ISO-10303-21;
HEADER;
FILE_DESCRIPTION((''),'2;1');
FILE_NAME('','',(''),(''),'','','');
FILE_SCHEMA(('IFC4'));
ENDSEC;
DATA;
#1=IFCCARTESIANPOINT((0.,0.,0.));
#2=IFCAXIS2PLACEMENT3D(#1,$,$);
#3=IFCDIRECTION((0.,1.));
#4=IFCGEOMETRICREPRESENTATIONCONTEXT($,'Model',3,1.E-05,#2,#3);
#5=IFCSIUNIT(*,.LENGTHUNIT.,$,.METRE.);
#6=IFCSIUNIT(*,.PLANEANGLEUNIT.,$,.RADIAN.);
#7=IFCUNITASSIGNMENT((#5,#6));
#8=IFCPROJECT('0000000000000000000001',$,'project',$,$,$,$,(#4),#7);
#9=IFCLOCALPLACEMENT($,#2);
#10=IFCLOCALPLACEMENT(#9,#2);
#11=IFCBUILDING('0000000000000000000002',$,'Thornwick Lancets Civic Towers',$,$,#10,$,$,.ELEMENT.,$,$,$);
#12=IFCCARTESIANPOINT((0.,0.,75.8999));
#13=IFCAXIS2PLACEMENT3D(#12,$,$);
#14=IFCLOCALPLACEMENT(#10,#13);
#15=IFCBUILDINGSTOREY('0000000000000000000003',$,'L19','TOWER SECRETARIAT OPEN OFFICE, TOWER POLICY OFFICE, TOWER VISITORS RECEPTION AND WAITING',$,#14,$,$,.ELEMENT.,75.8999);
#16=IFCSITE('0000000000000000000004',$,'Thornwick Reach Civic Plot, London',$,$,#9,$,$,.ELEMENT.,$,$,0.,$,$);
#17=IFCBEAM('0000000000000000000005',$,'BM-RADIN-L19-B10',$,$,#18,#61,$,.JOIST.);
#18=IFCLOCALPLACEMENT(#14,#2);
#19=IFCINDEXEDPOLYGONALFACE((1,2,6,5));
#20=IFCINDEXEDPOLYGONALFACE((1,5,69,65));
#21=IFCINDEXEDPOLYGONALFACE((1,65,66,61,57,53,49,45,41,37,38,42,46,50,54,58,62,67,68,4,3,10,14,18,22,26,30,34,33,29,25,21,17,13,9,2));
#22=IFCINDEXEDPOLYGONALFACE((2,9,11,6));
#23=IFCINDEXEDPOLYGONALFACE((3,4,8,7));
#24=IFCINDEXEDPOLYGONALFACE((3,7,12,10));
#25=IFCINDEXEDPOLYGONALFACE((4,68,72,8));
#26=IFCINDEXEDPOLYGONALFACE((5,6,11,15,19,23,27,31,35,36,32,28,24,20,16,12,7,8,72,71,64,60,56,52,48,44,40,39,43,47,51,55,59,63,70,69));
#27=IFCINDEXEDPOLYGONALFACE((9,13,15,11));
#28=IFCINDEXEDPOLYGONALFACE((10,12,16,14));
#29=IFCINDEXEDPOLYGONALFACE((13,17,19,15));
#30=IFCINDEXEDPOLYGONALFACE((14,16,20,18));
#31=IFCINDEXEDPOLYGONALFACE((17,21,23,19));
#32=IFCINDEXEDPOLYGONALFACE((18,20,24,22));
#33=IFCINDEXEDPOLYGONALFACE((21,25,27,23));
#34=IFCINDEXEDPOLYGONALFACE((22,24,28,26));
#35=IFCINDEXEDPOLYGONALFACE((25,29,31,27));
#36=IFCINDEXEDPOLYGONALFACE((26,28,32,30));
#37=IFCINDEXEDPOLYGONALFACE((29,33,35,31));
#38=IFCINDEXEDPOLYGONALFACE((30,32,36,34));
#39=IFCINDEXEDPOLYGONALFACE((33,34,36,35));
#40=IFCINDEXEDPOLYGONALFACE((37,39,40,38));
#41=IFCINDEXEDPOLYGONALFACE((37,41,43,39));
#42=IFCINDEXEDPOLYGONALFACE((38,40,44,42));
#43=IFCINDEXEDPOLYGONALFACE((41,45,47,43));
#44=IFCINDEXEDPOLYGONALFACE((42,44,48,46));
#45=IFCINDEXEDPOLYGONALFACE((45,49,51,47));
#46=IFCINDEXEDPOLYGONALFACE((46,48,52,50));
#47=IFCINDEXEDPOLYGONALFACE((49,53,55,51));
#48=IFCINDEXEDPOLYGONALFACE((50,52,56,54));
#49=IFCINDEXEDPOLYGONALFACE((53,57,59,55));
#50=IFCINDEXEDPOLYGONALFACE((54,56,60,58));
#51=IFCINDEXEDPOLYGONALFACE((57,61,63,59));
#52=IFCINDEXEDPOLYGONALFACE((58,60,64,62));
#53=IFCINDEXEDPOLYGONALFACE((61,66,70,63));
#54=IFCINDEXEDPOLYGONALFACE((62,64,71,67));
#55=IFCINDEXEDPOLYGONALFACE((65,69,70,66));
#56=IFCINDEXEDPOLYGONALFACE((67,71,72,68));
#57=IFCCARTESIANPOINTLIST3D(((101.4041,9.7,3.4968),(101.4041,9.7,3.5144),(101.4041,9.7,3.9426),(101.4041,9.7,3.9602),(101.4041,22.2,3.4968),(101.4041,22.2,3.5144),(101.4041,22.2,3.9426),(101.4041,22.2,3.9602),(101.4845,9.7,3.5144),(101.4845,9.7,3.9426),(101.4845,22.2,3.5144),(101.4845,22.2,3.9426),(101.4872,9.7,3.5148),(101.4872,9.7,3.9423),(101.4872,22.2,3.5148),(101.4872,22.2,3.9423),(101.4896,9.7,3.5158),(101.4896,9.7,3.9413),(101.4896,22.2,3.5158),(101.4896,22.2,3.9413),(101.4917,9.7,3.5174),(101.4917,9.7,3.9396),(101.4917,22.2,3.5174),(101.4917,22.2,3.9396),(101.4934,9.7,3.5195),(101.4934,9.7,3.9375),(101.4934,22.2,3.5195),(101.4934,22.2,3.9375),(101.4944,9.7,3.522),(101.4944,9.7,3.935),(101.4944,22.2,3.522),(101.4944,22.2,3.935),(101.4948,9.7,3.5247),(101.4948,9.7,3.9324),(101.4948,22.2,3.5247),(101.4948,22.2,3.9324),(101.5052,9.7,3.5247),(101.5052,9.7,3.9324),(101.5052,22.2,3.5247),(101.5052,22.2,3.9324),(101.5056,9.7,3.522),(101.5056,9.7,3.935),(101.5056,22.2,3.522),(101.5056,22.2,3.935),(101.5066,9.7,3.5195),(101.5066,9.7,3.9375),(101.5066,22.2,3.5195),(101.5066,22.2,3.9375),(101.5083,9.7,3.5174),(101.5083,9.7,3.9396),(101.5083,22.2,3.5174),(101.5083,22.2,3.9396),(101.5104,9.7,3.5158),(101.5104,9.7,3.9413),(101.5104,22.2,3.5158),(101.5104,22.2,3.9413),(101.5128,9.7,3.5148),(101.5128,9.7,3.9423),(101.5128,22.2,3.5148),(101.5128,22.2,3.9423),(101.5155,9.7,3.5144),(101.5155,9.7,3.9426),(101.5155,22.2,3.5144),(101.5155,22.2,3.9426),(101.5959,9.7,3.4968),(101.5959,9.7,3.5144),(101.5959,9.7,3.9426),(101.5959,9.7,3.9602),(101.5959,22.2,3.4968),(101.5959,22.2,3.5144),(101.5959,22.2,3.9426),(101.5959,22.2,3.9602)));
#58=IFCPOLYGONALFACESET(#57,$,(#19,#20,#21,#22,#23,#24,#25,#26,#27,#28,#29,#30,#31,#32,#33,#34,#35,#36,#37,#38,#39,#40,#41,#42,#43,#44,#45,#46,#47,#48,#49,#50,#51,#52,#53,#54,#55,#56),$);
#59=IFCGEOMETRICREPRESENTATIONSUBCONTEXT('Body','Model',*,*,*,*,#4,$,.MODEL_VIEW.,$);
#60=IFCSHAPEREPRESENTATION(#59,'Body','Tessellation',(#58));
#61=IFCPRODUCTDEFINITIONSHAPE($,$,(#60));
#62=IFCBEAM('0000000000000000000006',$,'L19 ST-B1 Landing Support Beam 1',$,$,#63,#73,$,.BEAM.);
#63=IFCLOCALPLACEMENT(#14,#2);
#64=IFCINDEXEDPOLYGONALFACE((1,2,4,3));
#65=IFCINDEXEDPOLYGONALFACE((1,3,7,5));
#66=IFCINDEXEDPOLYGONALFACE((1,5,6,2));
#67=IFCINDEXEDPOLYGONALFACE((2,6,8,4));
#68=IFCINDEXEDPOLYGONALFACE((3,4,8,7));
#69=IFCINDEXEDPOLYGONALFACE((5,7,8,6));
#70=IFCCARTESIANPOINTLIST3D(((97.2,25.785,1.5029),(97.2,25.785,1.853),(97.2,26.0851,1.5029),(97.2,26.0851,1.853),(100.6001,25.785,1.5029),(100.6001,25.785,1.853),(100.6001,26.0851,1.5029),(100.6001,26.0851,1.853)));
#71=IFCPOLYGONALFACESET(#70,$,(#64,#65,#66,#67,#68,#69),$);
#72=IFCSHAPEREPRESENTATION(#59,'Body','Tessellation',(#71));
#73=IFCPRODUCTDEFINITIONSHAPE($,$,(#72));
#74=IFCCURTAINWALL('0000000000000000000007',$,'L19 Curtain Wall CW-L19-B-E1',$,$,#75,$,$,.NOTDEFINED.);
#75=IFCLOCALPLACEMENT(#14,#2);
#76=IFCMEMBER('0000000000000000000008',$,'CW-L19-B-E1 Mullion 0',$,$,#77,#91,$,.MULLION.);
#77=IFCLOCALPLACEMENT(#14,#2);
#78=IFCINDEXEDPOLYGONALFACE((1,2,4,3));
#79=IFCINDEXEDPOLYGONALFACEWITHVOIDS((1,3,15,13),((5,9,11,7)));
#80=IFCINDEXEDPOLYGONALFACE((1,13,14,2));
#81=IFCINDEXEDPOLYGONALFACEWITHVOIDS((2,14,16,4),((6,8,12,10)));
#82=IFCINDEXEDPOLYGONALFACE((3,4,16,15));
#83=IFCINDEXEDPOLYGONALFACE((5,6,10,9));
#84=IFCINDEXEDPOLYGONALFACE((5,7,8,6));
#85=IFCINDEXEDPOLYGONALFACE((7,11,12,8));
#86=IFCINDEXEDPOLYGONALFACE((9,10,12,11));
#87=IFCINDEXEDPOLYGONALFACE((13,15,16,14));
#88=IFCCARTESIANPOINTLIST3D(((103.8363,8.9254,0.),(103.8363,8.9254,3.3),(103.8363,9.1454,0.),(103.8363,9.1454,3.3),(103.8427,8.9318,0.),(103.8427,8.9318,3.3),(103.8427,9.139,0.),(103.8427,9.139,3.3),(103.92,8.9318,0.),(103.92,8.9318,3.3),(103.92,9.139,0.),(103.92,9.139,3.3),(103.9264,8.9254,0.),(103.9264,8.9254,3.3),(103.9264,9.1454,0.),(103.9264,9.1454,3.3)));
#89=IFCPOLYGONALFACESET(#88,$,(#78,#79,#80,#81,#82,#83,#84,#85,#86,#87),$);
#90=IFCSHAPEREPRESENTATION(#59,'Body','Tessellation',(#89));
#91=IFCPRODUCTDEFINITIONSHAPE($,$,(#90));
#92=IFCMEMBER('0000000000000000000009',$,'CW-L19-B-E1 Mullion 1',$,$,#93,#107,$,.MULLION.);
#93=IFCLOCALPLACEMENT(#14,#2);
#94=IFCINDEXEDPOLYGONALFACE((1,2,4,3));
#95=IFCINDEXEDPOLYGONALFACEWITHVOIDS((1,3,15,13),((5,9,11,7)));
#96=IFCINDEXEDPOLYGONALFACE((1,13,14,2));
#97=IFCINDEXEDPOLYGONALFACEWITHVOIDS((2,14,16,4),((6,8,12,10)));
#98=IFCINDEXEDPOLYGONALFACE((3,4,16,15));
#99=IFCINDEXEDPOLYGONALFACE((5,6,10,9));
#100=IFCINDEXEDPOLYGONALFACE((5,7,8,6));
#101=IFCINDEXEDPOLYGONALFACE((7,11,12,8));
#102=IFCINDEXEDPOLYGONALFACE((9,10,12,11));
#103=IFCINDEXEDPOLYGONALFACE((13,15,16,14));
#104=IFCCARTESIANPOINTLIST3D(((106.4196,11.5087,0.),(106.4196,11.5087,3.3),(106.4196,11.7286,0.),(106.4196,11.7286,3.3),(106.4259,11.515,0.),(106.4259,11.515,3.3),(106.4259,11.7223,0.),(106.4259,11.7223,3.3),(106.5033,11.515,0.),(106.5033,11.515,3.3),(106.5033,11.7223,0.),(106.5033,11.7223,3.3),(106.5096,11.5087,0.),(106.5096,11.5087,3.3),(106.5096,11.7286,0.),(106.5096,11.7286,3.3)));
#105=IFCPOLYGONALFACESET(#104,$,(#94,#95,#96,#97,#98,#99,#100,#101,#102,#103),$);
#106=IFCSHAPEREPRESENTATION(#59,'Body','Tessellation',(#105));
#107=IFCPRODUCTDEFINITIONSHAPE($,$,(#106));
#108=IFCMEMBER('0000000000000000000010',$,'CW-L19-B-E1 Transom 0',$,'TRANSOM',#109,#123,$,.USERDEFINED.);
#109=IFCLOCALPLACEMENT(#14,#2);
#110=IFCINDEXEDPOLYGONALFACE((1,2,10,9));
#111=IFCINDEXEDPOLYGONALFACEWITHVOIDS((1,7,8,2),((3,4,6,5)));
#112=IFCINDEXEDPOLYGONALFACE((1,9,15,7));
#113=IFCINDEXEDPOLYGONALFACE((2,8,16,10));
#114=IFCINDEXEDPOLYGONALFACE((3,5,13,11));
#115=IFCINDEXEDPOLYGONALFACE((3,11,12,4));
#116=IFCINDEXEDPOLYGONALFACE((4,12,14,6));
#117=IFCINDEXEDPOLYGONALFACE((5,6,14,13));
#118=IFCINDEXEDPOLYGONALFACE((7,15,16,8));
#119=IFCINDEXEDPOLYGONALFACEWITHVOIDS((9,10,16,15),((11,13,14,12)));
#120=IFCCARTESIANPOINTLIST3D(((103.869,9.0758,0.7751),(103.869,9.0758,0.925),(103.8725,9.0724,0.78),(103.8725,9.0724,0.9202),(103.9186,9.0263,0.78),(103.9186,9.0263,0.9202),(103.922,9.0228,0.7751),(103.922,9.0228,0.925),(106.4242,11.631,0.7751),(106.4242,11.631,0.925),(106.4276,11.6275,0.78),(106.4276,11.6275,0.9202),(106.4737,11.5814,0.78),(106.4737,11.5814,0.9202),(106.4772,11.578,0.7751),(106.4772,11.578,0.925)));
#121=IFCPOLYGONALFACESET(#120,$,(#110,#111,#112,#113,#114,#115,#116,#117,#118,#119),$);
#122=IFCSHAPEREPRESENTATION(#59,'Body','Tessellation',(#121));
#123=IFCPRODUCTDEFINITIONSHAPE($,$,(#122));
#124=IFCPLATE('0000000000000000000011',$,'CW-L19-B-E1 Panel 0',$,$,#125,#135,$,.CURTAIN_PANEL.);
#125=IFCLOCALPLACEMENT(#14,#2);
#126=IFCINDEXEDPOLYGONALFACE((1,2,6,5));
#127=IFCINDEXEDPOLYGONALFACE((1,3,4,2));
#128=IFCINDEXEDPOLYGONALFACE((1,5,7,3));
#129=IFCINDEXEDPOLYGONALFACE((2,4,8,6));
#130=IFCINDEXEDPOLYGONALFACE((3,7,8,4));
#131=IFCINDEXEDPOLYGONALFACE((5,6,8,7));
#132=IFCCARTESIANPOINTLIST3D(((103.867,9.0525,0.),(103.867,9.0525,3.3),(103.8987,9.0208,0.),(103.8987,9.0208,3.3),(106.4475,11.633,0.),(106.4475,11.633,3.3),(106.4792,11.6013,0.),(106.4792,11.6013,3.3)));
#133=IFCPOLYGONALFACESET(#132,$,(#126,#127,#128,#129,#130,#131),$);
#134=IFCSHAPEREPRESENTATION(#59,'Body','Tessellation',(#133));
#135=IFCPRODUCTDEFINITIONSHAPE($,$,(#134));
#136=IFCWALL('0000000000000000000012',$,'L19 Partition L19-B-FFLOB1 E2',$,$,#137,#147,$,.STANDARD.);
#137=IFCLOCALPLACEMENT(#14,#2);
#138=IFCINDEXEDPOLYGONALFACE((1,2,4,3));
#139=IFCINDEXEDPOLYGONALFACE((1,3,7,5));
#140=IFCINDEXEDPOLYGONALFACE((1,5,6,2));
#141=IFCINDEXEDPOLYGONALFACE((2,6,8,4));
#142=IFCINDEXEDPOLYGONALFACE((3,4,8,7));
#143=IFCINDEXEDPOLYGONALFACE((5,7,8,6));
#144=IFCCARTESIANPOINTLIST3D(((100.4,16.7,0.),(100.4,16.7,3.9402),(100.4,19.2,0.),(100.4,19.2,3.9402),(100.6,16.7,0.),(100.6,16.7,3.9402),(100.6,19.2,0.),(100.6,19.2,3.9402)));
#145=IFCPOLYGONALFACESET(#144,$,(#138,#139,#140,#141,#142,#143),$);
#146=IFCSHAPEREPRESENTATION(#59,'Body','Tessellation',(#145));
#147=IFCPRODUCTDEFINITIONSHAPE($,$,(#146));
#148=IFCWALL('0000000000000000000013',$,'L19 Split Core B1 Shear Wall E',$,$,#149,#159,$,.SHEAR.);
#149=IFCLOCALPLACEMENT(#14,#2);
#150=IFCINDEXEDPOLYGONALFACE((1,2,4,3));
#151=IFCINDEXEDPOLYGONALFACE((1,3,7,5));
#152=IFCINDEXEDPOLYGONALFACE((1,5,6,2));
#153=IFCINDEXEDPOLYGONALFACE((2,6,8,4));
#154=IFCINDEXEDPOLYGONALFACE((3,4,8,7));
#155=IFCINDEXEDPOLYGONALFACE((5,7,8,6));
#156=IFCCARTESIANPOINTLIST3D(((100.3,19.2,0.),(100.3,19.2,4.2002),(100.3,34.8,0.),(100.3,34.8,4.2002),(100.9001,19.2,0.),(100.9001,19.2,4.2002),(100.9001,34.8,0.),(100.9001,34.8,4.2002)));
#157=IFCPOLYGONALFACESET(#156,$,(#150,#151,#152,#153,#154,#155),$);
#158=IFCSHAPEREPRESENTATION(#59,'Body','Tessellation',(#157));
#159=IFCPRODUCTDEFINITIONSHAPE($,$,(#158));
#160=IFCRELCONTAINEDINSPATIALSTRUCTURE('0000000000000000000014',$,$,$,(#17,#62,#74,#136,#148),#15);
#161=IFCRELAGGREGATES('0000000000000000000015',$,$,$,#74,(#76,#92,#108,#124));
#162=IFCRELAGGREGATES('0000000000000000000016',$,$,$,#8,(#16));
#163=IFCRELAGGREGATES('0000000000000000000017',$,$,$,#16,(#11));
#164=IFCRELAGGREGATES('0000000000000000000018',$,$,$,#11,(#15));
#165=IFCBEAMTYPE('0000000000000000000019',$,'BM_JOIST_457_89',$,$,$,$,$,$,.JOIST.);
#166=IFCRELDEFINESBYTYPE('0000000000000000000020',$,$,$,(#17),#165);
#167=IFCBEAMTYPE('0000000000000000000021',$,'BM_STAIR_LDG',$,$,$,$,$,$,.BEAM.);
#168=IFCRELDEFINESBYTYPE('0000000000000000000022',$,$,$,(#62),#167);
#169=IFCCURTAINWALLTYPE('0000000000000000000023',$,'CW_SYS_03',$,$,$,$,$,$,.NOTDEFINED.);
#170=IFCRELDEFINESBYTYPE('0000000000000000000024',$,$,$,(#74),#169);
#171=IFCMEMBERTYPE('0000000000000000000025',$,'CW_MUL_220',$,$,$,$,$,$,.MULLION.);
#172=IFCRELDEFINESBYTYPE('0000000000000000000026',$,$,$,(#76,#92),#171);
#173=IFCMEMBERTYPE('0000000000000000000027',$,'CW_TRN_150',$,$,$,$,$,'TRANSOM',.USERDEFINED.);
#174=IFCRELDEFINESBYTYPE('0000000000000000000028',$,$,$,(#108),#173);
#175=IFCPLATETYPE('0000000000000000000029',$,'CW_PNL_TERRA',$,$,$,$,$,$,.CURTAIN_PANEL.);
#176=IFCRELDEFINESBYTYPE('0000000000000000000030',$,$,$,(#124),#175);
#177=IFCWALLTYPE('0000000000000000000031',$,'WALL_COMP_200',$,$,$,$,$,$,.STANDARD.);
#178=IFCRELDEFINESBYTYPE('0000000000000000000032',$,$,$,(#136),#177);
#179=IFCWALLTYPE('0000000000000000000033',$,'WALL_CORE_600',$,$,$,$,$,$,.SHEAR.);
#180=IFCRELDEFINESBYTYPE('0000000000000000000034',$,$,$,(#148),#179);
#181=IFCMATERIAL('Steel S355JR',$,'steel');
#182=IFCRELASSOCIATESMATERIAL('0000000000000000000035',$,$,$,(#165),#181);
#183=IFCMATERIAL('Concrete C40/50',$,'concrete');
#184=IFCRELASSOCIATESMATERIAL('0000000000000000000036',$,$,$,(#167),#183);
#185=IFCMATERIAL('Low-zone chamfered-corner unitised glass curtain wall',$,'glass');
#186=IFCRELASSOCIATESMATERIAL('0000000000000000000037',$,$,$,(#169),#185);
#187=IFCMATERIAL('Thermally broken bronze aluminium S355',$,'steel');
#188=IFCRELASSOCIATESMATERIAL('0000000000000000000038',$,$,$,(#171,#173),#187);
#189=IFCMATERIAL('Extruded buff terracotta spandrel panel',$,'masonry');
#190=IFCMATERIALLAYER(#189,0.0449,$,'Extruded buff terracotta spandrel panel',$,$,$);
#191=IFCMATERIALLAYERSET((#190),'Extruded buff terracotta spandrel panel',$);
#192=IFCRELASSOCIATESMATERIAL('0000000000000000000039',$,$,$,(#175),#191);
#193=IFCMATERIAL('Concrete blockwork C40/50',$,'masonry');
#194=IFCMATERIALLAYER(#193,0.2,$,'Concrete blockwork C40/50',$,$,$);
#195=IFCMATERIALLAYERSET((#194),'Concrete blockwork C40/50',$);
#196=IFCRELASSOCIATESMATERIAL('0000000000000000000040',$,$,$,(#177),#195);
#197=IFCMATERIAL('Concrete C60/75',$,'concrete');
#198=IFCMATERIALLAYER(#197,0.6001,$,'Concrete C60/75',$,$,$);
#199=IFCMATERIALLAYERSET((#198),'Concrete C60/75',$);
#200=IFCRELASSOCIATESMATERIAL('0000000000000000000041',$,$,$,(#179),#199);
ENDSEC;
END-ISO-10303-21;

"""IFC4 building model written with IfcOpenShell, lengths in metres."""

from ifc_helpers import new_model, si_unit, direction, frame, frame_2d, origin, origin_2d, place, context, subcontext, project, spatial, rectangle, hollow_rectangle, i_section, extrude, material, layer, layer_set, material_profile, profile_set, type_object, element, aggregate, save


model = new_model("IFC4")

# Units and contexts
model_context = context("Model", 3, precision=1e-05, world=origin(), true_north=direction((0.0, 1.0)))
body_context = subcontext(model_context, "Body", "Model", "MODEL_VIEW")
ifc_project = project(units=[si_unit("LENGTHUNIT", "METRE"), si_unit("PLANEANGLEUNIT", "RADIAN")], contexts=[model_context])

# Site, building, storey
site_placement = place(None, origin())
site = spatial("IfcSite", under=ifc_project, at=site_placement, Name="Thornwick Reach Civic Plot, London", CompositionType="ELEMENT", RefElevation=0.0)
building_placement = place(site_placement, origin())
building = spatial("IfcBuilding", under=site, at=building_placement, Name="Thornwick Lancets Civic Towers", CompositionType="ELEMENT")
storey_placement = place(building_placement, frame((0.0, 0.0, 75.8999)))
storey = spatial("IfcBuildingStorey", under=building, at=storey_placement, Name="L19", Description="TOWER SECRETARIAT OPEN OFFICE, TOWER POLICY OFFICE, TOWER VISITORS RECEPTION AND WAITING", CompositionType="ELEMENT", Elevation=75.8999)

# Shared definitions
ifc_material_1 = material(Name="Concrete C60/75", Category="concrete")

# Beams
ifc_material_2 = material(Name="Steel S355JR", Category="steel")
ifc_material_profile_1 = material_profile(ifc_material_2, i_section(OverallWidth=0.1919, OverallDepth=0.4634, WebThickness=0.0105, FlangeThickness=0.0176, FilletRadius=0.0103, at=origin_2d()), Name="UKB 457x191x89")
ifc_profile_set_1 = profile_set([ifc_material_profile_1], Name="Steel S355JR")
beam_type_1 = type_object("IfcBeamType", Name="BM_JOIST_457_89", PredefinedType="JOIST", material=ifc_profile_set_1)
beam_1_placement = place(storey_placement, frame((101.5, 22.2, 3.7285), z_axis=(0.0, -1.0, 0.0), x_axis=(1.0, 0.0, 0.0)))
element("IfcBeam", 1, at=beam_1_placement, inside=storey, type_object=beam_type_1, Name="BM-RADIN-L19-B10", PredefinedType="JOIST", context=body_context, shape_type="SweptSolid", body=[
    extrude(i_section(OverallWidth=0.1919, OverallDepth=0.4634, WebThickness=0.0105, FlangeThickness=0.0176, FilletRadius=0.0103, at=origin_2d()), origin(), (0.0, 0.0, 1.0), 12.5),
])
ifc_material_3 = material(Name="Concrete C40/50", Category="concrete")
ifc_material_profile_2 = material_profile(ifc_material_3, rectangle(XDim=0.3, YDim=0.3501, at=origin_2d()), Name="RC 300x350")
ifc_profile_set_2 = profile_set([ifc_material_profile_2], Name="Concrete C40/50")
beam_type_2 = type_object("IfcBeamType", Name="BM_STAIR_LDG", PredefinedType="BEAM", material=ifc_profile_set_2)
beam_2_placement = place(storey_placement, frame((100.6001, 25.9351, 1.678), z_axis=(-1.0, 0.0, 0.0), x_axis=(0.0, -1.0, 0.0)))
element("IfcBeam", 2, at=beam_2_placement, inside=storey, type_object=beam_type_2, Name="L19 ST-B1 Landing Support Beam 1", PredefinedType="BEAM", context=body_context, shape_type="SweptSolid", body=[
    extrude(rectangle(XDim=0.3, YDim=0.3501, at=origin_2d()), origin(), (0.0, 0.0, 1.0), 3.4001),
])

# Curtain wall, members, plate
ifc_material_4 = material(Name="Low-zone chamfered-corner unitised glass curtain wall", Category="glass")
curtain_wall_type = type_object("IfcCurtainWallType", Name="CW_SYS_03", PredefinedType="NOTDEFINED", material=ifc_material_4)
curtain_wall_placement = place(storey_placement, origin())
curtain_wall = element("IfcCurtainWall", 3, at=curtain_wall_placement, inside=storey, type_object=curtain_wall_type, Name="L19 Curtain Wall CW-L19-B-E1", PredefinedType="NOTDEFINED")
ifc_material_5 = material(Name="Thermally broken bronze aluminium S355", Category="steel")
ifc_material_profile_3 = material_profile(ifc_material_5, hollow_rectangle(XDim=0.0901, YDim=0.22, WallThickness=0.0063, at=origin_2d()), Name="RHS 220x90x6.3")
ifc_profile_set_3 = profile_set([ifc_material_profile_3], Name="Thermally broken bronze aluminium S355")
member_type_1 = type_object("IfcMemberType", Name="CW_MUL_220", PredefinedType="MULLION", material=ifc_profile_set_3)
member_1_placement = place(storey_placement, frame((103.8813, 9.0354, 0.0), z_axis=(0.0, 0.0, 1.0), x_axis=(1.0, 0.0, 0.0)))
member_1 = element("IfcMember", 4, at=member_1_placement, type_object=member_type_1, Name="CW-L19-B-E1 Mullion 0", PredefinedType="MULLION", context=body_context, shape_type="SweptSolid", body=[
    extrude(hollow_rectangle(XDim=0.0901, YDim=0.22, WallThickness=0.0063, at=origin_2d()), origin(), (0.0, 0.0, 1.0), 3.3),
])
member_2_placement = place(storey_placement, frame((106.4646, 11.6187, 0.0), z_axis=(0.0, 0.0, 1.0), x_axis=(1.0, 0.0, 0.0)))
member_2 = element("IfcMember", 5, at=member_2_placement, type_object=member_type_1, Name="CW-L19-B-E1 Mullion 1", PredefinedType="MULLION", context=body_context, shape_type="SweptSolid", body=[
    extrude(hollow_rectangle(XDim=0.0901, YDim=0.22, WallThickness=0.0063, at=origin_2d()), origin(), (0.0, 0.0, 1.0), 3.3),
])
ifc_material_profile_4 = material_profile(ifc_material_5, hollow_rectangle(XDim=0.075, YDim=0.1499, WallThickness=0.0049, at=origin_2d()), Name="RHS 150x75x5")
ifc_profile_set_4 = profile_set([ifc_material_profile_4], Name="Thermally broken bronze aluminium S355")
member_type_2 = type_object("IfcMemberType", Name="CW_TRN_150", ElementType="TRANSOM", PredefinedType="USERDEFINED", material=ifc_profile_set_4)
member_3_placement = place(storey_placement, frame((103.8955, 9.0493, 0.8501), z_axis=(0.707107, 0.707107, 0.0), x_axis=(-0.707107, 0.707107, 0.0)))
member_3 = element("IfcMember", 6, at=member_3_placement, type_object=member_type_2, Name="CW-L19-B-E1 Transom 0", ObjectType="TRANSOM", PredefinedType="USERDEFINED", context=body_context, shape_type="SweptSolid", body=[
    extrude(hollow_rectangle(XDim=0.075, YDim=0.1499, WallThickness=0.0049, at=origin_2d()), origin(), (0.0, 0.0, 1.0), 3.6135),
])
ifc_material_6 = material(Name="Extruded buff terracotta spandrel panel", Category="masonry")
ifc_layer_1 = layer(ifc_material_6, 0.0449, Name="Extruded buff terracotta spandrel panel")
ifc_layer_set_1 = layer_set([ifc_layer_1], Name="Extruded buff terracotta spandrel panel")
plate_type = type_object("IfcPlateType", Name="CW_PNL_TERRA", PredefinedType="CURTAIN_PANEL", material=ifc_layer_set_1)
plate_placement = place(storey_placement, frame((105.1731, 10.3269, 0.0), z_axis=(0.0, 0.0, 1.0), x_axis=(0.707107, 0.707107, 0.0)))
plate = element("IfcPlate", 7, at=plate_placement, type_object=plate_type, Name="CW-L19-B-E1 Panel 0", PredefinedType="CURTAIN_PANEL", context=body_context, shape_type="SweptSolid", body=[
    extrude(rectangle(XDim=3.6494, YDim=0.0449, at=origin_2d()), origin(), (0.0, 0.0, 1.0), 3.3),
])
aggregate(curtain_wall, [member_1, member_2, member_3, plate])

# Walls
ifc_material_7 = material(Name="Concrete blockwork C40/50", Category="masonry")
ifc_layer_2 = layer(ifc_material_7, 0.2, Name="Concrete blockwork C40/50")
ifc_layer_set_2 = layer_set([ifc_layer_2], Name="Concrete blockwork C40/50")
wall_type_1 = type_object("IfcWallType", Name="WALL_COMP_200", PredefinedType="STANDARD", material=ifc_layer_set_2)
wall_1_placement = place(storey_placement, frame((100.5, 16.7, 0.0), z_axis=(0.0, 0.0, 1.0), x_axis=(0.0, 1.0, 0.0)))
element("IfcWall", 8, at=wall_1_placement, inside=storey, type_object=wall_type_1, Name="L19 Partition L19-B-FFLOB1 E2", PredefinedType="STANDARD", context=body_context, shape_type="SweptSolid", body=[
    extrude(rectangle(XDim=2.5, YDim=0.2, at=frame_2d((1.25, 0.0))), origin(), (0.0, 0.0, 1.0), 3.9402),
])
ifc_layer_3 = layer(ifc_material_1, 0.6001, Name="Concrete C60/75")
ifc_layer_set_3 = layer_set([ifc_layer_3], Name="Concrete C60/75")
wall_type_2 = type_object("IfcWallType", Name="WALL_CORE_600", PredefinedType="SHEAR", material=ifc_layer_set_3)
wall_2_placement = place(storey_placement, frame((100.6001, 19.2, 0.0), z_axis=(0.0, 0.0, 1.0), x_axis=(0.0, 1.0, 0.0)))
element("IfcWall", 9, at=wall_2_placement, inside=storey, type_object=wall_type_2, Name="L19 Split Core B1 Shear Wall E", PredefinedType="SHEAR", context=body_context, shape_type="SweptSolid", body=[
    extrude(rectangle(XDim=15.6001, YDim=0.6001, at=frame_2d((7.8, 0.0))), origin(), (0.0, 0.0, 1.0), 4.2002),
])

save(model, "model.ifc")
